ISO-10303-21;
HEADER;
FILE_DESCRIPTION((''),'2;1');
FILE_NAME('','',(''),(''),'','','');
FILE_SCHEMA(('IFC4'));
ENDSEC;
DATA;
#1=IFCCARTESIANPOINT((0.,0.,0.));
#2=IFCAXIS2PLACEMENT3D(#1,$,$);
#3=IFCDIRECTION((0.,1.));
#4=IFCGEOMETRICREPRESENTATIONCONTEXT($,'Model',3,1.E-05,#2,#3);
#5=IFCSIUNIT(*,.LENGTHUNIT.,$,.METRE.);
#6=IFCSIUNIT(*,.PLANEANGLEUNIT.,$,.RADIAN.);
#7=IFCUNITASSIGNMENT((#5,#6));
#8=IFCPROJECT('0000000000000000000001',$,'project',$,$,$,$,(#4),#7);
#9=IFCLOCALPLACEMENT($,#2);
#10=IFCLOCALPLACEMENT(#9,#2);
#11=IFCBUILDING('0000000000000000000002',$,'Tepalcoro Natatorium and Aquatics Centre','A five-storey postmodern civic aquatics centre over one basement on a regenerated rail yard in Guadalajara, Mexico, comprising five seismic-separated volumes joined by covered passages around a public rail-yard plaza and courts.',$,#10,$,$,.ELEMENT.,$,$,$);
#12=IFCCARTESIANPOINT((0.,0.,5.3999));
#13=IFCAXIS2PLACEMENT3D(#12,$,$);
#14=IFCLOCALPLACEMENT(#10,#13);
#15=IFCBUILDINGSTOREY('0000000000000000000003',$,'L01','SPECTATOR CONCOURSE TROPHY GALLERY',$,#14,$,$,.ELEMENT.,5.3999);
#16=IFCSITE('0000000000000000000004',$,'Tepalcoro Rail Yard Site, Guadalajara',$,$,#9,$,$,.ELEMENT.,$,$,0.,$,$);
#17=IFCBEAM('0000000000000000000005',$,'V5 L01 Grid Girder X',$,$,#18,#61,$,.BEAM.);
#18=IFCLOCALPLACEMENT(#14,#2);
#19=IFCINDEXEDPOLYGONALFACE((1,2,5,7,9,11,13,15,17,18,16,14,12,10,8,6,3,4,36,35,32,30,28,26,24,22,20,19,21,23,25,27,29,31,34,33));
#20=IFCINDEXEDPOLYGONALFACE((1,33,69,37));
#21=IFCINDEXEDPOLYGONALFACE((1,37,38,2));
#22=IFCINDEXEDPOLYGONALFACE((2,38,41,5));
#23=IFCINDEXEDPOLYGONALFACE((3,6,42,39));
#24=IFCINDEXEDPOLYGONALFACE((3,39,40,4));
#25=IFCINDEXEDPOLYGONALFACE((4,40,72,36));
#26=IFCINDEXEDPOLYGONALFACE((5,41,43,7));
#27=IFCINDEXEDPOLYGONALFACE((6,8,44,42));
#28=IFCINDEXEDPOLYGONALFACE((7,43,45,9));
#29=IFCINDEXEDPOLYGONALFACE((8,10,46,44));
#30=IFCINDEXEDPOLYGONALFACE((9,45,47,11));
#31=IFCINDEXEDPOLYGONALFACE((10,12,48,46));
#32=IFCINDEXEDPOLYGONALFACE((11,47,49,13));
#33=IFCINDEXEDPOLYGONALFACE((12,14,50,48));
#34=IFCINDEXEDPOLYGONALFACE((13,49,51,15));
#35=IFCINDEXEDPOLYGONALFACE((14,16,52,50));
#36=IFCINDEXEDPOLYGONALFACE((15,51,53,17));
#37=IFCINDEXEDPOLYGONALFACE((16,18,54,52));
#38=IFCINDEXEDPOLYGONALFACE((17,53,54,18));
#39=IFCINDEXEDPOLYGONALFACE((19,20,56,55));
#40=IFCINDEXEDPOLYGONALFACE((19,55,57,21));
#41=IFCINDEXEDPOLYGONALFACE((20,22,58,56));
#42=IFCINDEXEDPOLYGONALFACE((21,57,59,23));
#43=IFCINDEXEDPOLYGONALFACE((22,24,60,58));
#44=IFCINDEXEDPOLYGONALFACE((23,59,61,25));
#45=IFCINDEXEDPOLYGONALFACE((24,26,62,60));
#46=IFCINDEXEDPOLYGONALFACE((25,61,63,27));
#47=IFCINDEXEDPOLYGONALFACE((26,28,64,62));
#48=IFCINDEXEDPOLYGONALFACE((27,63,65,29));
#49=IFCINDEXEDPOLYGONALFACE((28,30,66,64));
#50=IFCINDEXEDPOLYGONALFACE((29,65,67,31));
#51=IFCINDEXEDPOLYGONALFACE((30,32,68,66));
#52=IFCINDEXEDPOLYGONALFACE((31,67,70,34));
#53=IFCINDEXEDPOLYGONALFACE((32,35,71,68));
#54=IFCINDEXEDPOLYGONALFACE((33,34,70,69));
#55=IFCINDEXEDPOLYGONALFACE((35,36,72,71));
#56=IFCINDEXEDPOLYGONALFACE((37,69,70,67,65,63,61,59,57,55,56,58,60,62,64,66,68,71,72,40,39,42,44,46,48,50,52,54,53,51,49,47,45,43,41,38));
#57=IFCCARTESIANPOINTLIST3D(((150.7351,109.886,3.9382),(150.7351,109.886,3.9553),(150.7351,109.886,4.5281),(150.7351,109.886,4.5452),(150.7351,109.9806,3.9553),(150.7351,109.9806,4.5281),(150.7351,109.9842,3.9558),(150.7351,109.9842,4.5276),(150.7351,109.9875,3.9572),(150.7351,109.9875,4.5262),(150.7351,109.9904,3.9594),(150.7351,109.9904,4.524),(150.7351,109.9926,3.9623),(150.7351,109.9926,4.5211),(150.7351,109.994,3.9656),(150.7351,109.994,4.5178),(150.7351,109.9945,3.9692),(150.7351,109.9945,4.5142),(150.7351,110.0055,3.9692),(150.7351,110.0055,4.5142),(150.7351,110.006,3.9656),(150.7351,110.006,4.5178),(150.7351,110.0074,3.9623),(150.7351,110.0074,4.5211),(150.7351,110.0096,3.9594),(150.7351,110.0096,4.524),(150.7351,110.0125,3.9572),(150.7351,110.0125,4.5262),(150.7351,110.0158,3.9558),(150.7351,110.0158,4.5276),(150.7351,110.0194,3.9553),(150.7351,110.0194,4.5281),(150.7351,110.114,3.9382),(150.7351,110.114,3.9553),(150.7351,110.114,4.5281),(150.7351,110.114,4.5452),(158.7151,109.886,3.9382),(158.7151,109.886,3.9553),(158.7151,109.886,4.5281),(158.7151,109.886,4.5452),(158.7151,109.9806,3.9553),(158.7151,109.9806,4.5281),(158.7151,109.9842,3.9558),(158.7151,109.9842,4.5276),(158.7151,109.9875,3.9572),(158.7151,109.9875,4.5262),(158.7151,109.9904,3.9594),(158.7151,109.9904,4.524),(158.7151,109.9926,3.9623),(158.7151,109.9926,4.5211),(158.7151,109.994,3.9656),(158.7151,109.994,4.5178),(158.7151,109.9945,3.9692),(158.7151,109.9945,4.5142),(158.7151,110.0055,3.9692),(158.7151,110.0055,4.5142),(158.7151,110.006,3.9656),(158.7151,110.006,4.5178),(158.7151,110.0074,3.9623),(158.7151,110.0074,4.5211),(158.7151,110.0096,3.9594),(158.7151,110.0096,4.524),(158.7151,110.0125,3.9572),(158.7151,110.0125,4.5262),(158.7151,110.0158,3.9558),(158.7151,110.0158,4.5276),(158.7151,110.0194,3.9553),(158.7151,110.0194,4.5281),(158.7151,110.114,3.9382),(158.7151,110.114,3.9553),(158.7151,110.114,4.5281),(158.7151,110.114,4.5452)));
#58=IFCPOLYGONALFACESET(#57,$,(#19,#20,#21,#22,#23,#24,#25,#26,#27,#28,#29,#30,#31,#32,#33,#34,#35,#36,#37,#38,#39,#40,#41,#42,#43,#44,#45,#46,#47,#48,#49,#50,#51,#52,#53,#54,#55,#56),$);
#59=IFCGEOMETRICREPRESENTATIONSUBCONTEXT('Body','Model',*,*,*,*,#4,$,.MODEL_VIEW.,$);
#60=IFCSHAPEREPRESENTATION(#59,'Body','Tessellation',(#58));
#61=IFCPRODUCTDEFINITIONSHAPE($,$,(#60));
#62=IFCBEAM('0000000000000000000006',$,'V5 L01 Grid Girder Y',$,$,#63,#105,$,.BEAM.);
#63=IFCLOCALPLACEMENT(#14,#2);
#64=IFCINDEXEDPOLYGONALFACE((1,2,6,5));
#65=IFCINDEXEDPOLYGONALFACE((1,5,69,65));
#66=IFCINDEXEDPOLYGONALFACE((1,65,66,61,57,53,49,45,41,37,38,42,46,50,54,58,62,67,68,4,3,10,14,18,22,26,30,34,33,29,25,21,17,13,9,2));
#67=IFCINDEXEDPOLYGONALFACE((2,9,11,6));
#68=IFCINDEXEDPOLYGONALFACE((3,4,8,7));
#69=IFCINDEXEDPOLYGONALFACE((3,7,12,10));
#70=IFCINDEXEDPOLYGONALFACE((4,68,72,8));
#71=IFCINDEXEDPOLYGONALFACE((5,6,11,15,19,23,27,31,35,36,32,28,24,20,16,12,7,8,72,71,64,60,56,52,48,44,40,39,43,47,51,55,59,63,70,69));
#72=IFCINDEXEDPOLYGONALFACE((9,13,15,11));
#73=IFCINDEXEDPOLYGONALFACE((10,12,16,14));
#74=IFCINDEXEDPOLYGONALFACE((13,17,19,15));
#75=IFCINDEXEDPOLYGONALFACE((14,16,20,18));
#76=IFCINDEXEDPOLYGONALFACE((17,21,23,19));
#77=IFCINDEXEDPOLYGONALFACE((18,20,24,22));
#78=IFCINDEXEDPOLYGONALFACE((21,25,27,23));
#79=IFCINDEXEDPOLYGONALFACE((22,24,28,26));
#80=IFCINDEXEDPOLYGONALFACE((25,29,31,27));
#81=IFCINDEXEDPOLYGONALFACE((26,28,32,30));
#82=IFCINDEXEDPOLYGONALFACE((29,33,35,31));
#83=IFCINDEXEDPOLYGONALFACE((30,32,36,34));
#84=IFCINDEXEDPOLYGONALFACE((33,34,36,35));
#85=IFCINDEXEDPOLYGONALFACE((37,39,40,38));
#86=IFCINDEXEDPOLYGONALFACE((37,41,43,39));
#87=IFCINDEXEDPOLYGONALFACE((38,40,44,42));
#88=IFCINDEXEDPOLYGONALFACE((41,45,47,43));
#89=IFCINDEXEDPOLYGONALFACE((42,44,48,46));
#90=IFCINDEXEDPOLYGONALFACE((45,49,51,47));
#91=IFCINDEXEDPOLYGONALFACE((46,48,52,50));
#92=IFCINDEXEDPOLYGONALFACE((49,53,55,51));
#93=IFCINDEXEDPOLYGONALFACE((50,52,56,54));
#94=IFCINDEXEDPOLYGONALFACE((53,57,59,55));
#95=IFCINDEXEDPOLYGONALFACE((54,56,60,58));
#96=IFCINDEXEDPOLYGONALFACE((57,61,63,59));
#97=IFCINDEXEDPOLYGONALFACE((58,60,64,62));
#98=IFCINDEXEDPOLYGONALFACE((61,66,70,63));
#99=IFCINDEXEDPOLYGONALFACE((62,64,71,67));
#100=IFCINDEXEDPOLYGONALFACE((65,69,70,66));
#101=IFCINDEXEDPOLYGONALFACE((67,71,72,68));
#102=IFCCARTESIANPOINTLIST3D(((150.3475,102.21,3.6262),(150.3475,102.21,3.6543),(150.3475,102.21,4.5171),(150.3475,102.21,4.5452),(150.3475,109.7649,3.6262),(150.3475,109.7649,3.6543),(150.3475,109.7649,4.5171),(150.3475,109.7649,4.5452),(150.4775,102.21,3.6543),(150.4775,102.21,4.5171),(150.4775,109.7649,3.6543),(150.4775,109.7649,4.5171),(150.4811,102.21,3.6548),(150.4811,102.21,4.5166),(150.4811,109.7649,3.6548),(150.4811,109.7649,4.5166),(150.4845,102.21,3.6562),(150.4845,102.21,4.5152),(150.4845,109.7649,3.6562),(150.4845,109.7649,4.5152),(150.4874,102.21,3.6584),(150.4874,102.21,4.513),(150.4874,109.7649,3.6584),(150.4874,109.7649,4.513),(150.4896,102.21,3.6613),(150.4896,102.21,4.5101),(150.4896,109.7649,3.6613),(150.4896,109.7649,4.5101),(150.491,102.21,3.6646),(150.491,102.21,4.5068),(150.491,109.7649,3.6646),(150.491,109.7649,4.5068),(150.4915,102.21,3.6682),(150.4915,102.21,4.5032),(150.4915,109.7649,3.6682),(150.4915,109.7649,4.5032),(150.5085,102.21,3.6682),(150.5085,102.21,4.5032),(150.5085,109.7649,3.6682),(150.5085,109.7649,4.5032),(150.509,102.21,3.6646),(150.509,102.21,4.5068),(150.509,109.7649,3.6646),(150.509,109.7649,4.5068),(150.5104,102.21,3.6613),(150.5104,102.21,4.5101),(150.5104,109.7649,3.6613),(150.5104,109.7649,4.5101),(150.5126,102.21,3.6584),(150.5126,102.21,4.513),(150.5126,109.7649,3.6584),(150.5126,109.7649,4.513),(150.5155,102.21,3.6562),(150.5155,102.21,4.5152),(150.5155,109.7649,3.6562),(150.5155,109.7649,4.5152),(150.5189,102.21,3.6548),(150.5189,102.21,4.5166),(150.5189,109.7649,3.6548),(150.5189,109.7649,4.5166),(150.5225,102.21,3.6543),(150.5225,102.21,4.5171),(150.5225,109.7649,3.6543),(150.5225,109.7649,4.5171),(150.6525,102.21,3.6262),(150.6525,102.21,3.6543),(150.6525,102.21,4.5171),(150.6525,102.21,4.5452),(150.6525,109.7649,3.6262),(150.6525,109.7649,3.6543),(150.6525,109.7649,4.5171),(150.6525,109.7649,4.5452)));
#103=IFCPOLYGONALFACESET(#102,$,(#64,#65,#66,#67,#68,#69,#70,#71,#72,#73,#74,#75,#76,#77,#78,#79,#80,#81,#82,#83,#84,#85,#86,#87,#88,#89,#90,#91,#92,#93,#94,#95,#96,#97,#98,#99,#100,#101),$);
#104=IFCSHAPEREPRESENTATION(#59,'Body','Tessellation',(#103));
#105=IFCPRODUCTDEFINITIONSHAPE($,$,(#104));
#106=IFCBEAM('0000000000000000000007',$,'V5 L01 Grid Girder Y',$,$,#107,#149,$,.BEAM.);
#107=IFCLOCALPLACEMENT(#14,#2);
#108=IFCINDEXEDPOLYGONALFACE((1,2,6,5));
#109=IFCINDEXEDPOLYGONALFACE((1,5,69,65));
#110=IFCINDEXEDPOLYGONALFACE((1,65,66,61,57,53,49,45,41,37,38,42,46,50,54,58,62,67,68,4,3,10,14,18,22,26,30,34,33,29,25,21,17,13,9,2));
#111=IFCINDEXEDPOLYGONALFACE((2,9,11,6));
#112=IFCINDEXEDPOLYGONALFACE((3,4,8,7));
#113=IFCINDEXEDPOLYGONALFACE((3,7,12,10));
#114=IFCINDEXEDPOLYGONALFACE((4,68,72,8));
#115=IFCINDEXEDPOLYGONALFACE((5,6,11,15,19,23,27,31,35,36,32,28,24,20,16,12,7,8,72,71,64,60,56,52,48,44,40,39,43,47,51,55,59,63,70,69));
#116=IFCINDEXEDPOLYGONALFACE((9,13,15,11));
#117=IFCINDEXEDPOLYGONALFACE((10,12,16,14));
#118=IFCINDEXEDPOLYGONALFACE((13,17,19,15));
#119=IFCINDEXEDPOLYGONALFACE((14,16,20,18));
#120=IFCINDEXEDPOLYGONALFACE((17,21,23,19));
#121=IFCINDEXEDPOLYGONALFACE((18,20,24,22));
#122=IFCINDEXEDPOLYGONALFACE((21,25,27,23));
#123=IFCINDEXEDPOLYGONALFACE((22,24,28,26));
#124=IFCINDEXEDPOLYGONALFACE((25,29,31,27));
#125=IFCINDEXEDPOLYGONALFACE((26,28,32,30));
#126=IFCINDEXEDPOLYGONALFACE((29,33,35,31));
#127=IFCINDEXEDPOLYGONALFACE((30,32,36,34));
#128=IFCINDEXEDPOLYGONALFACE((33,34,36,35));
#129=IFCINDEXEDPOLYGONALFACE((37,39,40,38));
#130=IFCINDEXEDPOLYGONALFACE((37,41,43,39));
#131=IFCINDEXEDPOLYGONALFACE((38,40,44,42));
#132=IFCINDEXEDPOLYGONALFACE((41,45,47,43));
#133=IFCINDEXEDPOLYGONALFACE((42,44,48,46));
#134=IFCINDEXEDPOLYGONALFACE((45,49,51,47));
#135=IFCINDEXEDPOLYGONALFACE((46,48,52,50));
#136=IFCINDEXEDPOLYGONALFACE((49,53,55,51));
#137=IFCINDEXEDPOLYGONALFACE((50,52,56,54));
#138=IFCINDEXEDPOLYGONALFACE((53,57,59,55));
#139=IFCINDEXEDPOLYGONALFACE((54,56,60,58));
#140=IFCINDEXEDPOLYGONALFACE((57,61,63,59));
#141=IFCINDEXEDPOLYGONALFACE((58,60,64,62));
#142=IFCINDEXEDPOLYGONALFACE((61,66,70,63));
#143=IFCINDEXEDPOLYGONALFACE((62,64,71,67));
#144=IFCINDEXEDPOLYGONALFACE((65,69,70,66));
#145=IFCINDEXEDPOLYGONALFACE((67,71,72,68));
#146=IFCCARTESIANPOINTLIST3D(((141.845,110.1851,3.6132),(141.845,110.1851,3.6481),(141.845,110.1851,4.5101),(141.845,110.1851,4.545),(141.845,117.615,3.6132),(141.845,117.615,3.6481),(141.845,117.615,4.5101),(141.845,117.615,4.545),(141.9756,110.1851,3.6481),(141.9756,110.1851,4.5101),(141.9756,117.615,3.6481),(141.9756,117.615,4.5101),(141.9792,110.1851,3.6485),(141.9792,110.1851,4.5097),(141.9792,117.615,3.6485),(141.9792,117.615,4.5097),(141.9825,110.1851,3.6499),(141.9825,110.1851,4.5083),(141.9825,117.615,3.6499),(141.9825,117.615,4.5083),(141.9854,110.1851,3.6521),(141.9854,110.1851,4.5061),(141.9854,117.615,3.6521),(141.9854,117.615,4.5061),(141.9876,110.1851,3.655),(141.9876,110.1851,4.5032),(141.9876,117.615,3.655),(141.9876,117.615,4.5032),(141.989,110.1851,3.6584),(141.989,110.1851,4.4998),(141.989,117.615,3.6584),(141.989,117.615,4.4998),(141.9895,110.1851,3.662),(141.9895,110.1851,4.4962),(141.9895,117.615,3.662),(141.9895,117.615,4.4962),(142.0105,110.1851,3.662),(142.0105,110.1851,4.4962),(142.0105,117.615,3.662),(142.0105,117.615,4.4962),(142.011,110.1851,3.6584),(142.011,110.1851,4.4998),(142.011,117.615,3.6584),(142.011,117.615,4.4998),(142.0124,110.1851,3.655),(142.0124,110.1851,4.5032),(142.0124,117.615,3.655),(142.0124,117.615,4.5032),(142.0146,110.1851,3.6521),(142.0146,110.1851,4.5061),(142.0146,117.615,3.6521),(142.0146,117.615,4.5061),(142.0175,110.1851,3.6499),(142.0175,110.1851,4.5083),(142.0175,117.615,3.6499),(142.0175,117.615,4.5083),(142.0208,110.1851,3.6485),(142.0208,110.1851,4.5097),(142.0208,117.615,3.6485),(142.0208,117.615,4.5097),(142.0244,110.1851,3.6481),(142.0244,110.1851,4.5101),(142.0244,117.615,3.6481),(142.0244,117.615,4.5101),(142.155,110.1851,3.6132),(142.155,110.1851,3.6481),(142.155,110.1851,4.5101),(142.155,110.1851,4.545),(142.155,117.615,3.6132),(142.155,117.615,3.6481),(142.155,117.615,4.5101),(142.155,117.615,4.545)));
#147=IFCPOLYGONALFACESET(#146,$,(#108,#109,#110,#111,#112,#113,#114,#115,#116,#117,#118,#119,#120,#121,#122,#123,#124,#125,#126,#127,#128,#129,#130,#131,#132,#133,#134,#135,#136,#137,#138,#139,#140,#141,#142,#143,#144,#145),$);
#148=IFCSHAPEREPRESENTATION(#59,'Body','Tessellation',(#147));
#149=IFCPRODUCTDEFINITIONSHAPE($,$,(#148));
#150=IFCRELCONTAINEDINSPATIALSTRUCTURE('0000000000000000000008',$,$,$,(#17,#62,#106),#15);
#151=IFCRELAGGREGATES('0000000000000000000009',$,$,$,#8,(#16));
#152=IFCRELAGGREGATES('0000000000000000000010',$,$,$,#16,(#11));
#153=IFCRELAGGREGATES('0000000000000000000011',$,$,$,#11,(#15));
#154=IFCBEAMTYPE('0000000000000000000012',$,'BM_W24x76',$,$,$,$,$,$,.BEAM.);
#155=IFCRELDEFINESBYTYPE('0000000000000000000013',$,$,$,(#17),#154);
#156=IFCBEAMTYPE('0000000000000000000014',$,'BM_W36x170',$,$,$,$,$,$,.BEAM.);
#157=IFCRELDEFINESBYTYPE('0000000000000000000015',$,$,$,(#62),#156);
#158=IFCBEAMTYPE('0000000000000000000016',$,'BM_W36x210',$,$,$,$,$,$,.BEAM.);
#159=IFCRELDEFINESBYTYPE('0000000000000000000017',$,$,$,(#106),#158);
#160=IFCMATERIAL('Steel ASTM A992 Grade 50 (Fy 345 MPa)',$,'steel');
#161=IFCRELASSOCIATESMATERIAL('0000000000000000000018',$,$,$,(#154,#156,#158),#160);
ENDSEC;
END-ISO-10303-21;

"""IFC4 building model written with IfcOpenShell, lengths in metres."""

from ifc_helpers import new_model, si_unit, direction, frame, origin, origin_2d, place, context, subcontext, project, spatial, i_section, extrude, material, material_profile, profile_set, type_object, element, save


model = new_model("IFC4")

# Units and contexts
model_context = context("Model", 3, precision=1e-05, world=origin(), true_north=direction((0.0, 1.0)))
body_context = subcontext(model_context, "Body", "Model", "MODEL_VIEW")
ifc_project = project(units=[si_unit("LENGTHUNIT", "METRE"), si_unit("PLANEANGLEUNIT", "RADIAN")], contexts=[model_context])

# Site, building, storey
site_placement = place(None, origin())
site = spatial("IfcSite", under=ifc_project, at=site_placement, Name="Tepalcoro Rail Yard Site, Guadalajara", CompositionType="ELEMENT", RefElevation=0.0)
building_placement = place(site_placement, origin())
building = spatial("IfcBuilding", under=site, at=building_placement, Name="Tepalcoro Natatorium and Aquatics Centre", Description="A five-storey postmodern civic aquatics centre over one basement on a regenerated rail yard in Guadalajara, Mexico, comprising five seismic-separated volumes joined by covered passages around a public rail-yard plaza and courts.", CompositionType="ELEMENT")
storey_placement = place(building_placement, frame((0.0, 0.0, 5.3999)))
storey = spatial("IfcBuildingStorey", under=building, at=storey_placement, Name="L01", Description="SPECTATOR CONCOURSE TROPHY GALLERY", CompositionType="ELEMENT", Elevation=5.3999)

# Beams
ifc_material_1 = material(Name="Steel ASTM A992 Grade 50 (Fy 345 MPa)", Category="steel")
ifc_material_profile_1 = material_profile(ifc_material_1, i_section(OverallWidth=0.228, OverallDepth=0.6069, WebThickness=0.011, FlangeThickness=0.0171, FilletRadius=0.0139, at=origin_2d()), Name="W24X76")
ifc_profile_set_1 = profile_set([ifc_material_profile_1], Name="Steel ASTM A992 Grade 50 (Fy 345 MPa)")
beam_type_1 = type_object("IfcBeamType", Name="BM_W24x76", PredefinedType="BEAM", material=ifc_profile_set_1)
beam_1_placement = place(storey_placement, frame((150.7351, 110.0, 4.2417), z_axis=(1.0, 0.0, 0.0), x_axis=(0.0, 1.0, 0.0)))
element("IfcBeam", 1, at=beam_1_placement, inside=storey, type_object=beam_type_1, Name="V5 L01 Grid Girder X", PredefinedType="BEAM", context=body_context, shape_type="SweptSolid", body=[
    extrude(i_section(OverallWidth=0.228, OverallDepth=0.6069, WebThickness=0.011, FlangeThickness=0.0171, FilletRadius=0.0139, at=origin_2d()), origin(), (0.0, 0.0, 1.0), 7.98),
])
ifc_material_profile_2 = material_profile(ifc_material_1, i_section(OverallWidth=0.3049, OverallDepth=0.9189, WebThickness=0.0171, FlangeThickness=0.0281, FilletRadius=0.0139, at=origin_2d()), Name="W36X170")
ifc_profile_set_2 = profile_set([ifc_material_profile_2], Name="Steel ASTM A992 Grade 50 (Fy 345 MPa)")
beam_type_2 = type_object("IfcBeamType", Name="BM_W36x170", PredefinedType="BEAM", material=ifc_profile_set_2)
beam_2_placement = place(storey_placement, frame((150.5, 102.21, 4.0857), z_axis=(0.0, 1.0, 0.0), x_axis=(-1.0, 0.0, 0.0)))
element("IfcBeam", 2, at=beam_2_placement, inside=storey, type_object=beam_type_2, Name="V5 L01 Grid Girder Y", PredefinedType="BEAM", context=body_context, shape_type="SweptSolid", body=[
    extrude(i_section(OverallWidth=0.3049, OverallDepth=0.9189, WebThickness=0.0171, FlangeThickness=0.0281, FilletRadius=0.0139, at=origin_2d()), origin(), (0.0, 0.0, 1.0), 7.5549),
])
ifc_material_profile_3 = material_profile(ifc_material_1, i_section(OverallWidth=0.3101, OverallDepth=0.9319, WebThickness=0.021, FlangeThickness=0.0349, FilletRadius=0.0139, at=origin_2d()), Name="W36X210")
ifc_profile_set_3 = profile_set([ifc_material_profile_3], Name="Steel ASTM A992 Grade 50 (Fy 345 MPa)")
beam_type_3 = type_object("IfcBeamType", Name="BM_W36x210", PredefinedType="BEAM", material=ifc_profile_set_3)
beam_3_placement = place(storey_placement, frame((142.0, 110.1851, 4.0791), z_axis=(0.0, 1.0, 0.0), x_axis=(-1.0, 0.0, 0.0)))
element("IfcBeam", 3, at=beam_3_placement, inside=storey, type_object=beam_type_3, Name="V5 L01 Grid Girder Y", PredefinedType="BEAM", context=body_context, shape_type="SweptSolid", body=[
    extrude(i_section(OverallWidth=0.3101, OverallDepth=0.9319, WebThickness=0.021, FlangeThickness=0.0349, FilletRadius=0.0139, at=origin_2d()), origin(), (0.0, 0.0, 1.0), 7.4299),
])

save(model, "model.ifc")
